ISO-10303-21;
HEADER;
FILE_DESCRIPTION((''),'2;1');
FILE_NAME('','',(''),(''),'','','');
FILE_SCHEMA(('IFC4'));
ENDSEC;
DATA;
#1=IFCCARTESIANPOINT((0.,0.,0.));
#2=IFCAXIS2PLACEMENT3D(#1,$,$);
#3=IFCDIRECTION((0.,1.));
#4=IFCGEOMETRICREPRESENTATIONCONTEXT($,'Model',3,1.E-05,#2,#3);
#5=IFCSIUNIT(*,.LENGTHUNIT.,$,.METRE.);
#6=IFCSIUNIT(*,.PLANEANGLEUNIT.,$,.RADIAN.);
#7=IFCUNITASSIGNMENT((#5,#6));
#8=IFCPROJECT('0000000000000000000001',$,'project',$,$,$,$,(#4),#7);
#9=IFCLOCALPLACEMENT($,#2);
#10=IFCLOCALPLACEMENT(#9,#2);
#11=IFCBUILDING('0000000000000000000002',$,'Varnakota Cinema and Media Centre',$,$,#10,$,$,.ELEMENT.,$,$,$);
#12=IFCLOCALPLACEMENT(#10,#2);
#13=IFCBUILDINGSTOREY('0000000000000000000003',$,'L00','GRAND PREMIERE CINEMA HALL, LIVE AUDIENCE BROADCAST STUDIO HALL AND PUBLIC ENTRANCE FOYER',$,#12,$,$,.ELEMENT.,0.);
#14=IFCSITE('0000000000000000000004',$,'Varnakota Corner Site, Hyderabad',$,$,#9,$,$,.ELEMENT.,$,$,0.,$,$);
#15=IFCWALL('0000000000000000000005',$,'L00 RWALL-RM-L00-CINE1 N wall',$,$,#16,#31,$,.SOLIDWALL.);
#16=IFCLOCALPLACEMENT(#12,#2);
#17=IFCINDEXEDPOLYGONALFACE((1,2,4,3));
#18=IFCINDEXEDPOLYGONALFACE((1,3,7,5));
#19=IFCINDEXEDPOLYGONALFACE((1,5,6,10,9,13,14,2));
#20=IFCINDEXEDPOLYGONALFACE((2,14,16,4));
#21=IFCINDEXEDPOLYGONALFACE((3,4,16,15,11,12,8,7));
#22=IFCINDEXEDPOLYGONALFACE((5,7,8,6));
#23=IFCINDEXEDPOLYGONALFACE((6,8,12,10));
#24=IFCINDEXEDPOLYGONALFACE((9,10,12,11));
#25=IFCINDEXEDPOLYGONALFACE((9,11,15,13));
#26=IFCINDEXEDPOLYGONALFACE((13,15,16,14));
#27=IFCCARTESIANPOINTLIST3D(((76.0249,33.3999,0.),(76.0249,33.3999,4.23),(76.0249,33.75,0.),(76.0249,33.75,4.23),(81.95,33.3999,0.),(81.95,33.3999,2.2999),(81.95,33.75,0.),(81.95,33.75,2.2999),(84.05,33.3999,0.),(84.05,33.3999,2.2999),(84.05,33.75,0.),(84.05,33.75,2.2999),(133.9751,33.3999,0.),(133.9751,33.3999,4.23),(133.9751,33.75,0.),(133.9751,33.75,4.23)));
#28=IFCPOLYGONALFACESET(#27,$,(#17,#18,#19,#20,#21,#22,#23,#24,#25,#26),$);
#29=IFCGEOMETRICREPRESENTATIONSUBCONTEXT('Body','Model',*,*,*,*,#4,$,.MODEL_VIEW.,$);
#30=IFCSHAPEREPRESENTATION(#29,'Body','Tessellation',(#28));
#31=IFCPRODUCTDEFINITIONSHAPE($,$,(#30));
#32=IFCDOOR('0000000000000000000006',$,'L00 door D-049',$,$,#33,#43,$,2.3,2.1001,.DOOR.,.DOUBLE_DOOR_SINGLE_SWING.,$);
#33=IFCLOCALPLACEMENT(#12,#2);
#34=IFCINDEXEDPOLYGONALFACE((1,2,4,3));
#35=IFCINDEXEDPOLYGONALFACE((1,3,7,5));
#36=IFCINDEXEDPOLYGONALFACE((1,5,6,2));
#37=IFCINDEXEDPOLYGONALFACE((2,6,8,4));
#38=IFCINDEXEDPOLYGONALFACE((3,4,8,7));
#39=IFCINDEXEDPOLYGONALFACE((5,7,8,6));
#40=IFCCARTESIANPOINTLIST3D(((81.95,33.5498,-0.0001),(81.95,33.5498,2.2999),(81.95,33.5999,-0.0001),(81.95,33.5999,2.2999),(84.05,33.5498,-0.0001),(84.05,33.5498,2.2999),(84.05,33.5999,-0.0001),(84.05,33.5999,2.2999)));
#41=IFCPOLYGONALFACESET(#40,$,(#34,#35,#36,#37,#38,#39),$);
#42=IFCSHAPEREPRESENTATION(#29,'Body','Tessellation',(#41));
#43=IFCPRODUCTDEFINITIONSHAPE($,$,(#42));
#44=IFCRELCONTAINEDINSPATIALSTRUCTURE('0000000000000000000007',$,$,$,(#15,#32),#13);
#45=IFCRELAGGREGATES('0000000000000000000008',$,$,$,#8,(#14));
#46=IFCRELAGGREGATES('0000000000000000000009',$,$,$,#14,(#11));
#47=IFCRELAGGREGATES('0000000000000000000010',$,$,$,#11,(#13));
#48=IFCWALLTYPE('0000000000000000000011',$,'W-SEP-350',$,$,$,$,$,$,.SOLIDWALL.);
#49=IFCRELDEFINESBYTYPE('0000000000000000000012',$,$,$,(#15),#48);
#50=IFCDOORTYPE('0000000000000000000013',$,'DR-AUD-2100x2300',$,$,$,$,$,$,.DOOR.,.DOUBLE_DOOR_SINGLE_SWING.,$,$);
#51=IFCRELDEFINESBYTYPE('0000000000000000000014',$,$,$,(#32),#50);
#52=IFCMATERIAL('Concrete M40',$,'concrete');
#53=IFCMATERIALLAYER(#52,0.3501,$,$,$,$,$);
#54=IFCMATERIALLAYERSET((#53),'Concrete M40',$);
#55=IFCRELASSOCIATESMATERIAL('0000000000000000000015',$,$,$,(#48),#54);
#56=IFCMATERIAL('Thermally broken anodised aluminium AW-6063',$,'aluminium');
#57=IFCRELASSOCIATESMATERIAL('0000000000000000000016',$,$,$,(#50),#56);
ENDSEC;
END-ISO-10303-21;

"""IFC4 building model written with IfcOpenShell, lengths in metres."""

from ifc_helpers import new_model, si_unit, direction, frame, frame_2d, origin, place, context, subcontext, project, spatial, rectangle, extrude, material, layer, layer_set, type_object, element, fill, save


model = new_model("IFC4")

# Units and contexts
model_context = context("Model", 3, precision=1e-05, world=origin(), true_north=direction((0.0, 1.0)))
body_context = subcontext(model_context, "Body", "Model", "MODEL_VIEW")
ifc_project = project(units=[si_unit("LENGTHUNIT", "METRE"), si_unit("PLANEANGLEUNIT", "RADIAN")], contexts=[model_context])

# Site, building, storey
site_placement = place(None, origin())
site = spatial("IfcSite", under=ifc_project, at=site_placement, Name="Varnakota Corner Site, Hyderabad", CompositionType="ELEMENT", RefElevation=0.0)
building_placement = place(site_placement, origin())
building = spatial("IfcBuilding", under=site, at=building_placement, Name="Varnakota Cinema and Media Centre", CompositionType="ELEMENT")
storey_placement = place(building_placement, origin())
storey = spatial("IfcBuildingStorey", under=building, at=storey_placement, Name="L00", Description="GRAND PREMIERE CINEMA HALL, LIVE AUDIENCE BROADCAST STUDIO HALL AND PUBLIC ENTRANCE FOYER", CompositionType="ELEMENT", Elevation=0.0)

# Wall, opening, door
ifc_material_1 = material(Name="Concrete M40", Category="concrete")
ifc_layer_1 = layer(ifc_material_1, 0.3501)
ifc_layer_set_1 = layer_set([ifc_layer_1], Name="Concrete M40")
wall_type_1 = type_object("IfcWallType", Name="W-SEP-350", PredefinedType="SOLIDWALL", material=ifc_layer_set_1)
wall_1_placement = place(storey_placement, frame((76.0249, 33.575, 0.0), z_axis=(0.0, 0.0, 1.0), x_axis=(1.0, 0.0, 0.0)))
wall_1 = element("IfcWall", 1, at=wall_1_placement, inside=storey, type_object=wall_type_1, Name="L00 RWALL-RM-L00-CINE1 N wall", PredefinedType="SOLIDWALL", context=body_context, shape_type="SweptSolid", body=[
    extrude(rectangle(XDim=57.9502, YDim=0.3501, at=frame_2d((28.9751, 0.0))), origin(), (0.0, 0.0, 1.0), 4.23),
])
opening_placement = place(wall_1_placement, frame((5.925, 0.0, 0.0)))
opening = element("IfcOpeningElement", 2, at=opening_placement, cuts=wall_1, PredefinedType="OPENING", context=body_context, shape_type="SweptSolid", body=[
    extrude(rectangle(XDim=2.1001, YDim=2.3, at=frame_2d((1.05, 1.1499))), frame((0.0, 0.175, 0.0), z_axis=(0.0, -1.0, 0.0), x_axis=(1.0, 0.0, 0.0)), (0.0, 0.0, 1.0), 0.3501),
])
ifc_material_2 = material(Name="Thermally broken anodised aluminium AW-6063", Category="aluminium")
door_type = type_object("IfcDoorType", Name="DR-AUD-2100x2300", OperationType="DOUBLE_DOOR_SINGLE_SWING", PredefinedType="DOOR", material=ifc_material_2)
door_placement = place(opening_placement, origin())
door = element("IfcDoor", 3, at=door_placement, inside=storey, type_object=door_type, Name="L00 door D-049", OperationType="DOUBLE_DOOR_SINGLE_SWING", OverallHeight=2.3, OverallWidth=2.1001, PredefinedType="DOOR", context=body_context, shape_type="SweptSolid", body=[
    extrude(rectangle(XDim=2.1001, YDim=2.3, at=frame_2d((1.05, 1.1499))), frame((0.0, 0.0249, 0.0), z_axis=(0.0, -1.0, 0.0), x_axis=(1.0, 0.0, 0.0)), (0.0, 0.0, 1.0), 0.05),
])
fill(opening, door)

save(model, "model.ifc")
